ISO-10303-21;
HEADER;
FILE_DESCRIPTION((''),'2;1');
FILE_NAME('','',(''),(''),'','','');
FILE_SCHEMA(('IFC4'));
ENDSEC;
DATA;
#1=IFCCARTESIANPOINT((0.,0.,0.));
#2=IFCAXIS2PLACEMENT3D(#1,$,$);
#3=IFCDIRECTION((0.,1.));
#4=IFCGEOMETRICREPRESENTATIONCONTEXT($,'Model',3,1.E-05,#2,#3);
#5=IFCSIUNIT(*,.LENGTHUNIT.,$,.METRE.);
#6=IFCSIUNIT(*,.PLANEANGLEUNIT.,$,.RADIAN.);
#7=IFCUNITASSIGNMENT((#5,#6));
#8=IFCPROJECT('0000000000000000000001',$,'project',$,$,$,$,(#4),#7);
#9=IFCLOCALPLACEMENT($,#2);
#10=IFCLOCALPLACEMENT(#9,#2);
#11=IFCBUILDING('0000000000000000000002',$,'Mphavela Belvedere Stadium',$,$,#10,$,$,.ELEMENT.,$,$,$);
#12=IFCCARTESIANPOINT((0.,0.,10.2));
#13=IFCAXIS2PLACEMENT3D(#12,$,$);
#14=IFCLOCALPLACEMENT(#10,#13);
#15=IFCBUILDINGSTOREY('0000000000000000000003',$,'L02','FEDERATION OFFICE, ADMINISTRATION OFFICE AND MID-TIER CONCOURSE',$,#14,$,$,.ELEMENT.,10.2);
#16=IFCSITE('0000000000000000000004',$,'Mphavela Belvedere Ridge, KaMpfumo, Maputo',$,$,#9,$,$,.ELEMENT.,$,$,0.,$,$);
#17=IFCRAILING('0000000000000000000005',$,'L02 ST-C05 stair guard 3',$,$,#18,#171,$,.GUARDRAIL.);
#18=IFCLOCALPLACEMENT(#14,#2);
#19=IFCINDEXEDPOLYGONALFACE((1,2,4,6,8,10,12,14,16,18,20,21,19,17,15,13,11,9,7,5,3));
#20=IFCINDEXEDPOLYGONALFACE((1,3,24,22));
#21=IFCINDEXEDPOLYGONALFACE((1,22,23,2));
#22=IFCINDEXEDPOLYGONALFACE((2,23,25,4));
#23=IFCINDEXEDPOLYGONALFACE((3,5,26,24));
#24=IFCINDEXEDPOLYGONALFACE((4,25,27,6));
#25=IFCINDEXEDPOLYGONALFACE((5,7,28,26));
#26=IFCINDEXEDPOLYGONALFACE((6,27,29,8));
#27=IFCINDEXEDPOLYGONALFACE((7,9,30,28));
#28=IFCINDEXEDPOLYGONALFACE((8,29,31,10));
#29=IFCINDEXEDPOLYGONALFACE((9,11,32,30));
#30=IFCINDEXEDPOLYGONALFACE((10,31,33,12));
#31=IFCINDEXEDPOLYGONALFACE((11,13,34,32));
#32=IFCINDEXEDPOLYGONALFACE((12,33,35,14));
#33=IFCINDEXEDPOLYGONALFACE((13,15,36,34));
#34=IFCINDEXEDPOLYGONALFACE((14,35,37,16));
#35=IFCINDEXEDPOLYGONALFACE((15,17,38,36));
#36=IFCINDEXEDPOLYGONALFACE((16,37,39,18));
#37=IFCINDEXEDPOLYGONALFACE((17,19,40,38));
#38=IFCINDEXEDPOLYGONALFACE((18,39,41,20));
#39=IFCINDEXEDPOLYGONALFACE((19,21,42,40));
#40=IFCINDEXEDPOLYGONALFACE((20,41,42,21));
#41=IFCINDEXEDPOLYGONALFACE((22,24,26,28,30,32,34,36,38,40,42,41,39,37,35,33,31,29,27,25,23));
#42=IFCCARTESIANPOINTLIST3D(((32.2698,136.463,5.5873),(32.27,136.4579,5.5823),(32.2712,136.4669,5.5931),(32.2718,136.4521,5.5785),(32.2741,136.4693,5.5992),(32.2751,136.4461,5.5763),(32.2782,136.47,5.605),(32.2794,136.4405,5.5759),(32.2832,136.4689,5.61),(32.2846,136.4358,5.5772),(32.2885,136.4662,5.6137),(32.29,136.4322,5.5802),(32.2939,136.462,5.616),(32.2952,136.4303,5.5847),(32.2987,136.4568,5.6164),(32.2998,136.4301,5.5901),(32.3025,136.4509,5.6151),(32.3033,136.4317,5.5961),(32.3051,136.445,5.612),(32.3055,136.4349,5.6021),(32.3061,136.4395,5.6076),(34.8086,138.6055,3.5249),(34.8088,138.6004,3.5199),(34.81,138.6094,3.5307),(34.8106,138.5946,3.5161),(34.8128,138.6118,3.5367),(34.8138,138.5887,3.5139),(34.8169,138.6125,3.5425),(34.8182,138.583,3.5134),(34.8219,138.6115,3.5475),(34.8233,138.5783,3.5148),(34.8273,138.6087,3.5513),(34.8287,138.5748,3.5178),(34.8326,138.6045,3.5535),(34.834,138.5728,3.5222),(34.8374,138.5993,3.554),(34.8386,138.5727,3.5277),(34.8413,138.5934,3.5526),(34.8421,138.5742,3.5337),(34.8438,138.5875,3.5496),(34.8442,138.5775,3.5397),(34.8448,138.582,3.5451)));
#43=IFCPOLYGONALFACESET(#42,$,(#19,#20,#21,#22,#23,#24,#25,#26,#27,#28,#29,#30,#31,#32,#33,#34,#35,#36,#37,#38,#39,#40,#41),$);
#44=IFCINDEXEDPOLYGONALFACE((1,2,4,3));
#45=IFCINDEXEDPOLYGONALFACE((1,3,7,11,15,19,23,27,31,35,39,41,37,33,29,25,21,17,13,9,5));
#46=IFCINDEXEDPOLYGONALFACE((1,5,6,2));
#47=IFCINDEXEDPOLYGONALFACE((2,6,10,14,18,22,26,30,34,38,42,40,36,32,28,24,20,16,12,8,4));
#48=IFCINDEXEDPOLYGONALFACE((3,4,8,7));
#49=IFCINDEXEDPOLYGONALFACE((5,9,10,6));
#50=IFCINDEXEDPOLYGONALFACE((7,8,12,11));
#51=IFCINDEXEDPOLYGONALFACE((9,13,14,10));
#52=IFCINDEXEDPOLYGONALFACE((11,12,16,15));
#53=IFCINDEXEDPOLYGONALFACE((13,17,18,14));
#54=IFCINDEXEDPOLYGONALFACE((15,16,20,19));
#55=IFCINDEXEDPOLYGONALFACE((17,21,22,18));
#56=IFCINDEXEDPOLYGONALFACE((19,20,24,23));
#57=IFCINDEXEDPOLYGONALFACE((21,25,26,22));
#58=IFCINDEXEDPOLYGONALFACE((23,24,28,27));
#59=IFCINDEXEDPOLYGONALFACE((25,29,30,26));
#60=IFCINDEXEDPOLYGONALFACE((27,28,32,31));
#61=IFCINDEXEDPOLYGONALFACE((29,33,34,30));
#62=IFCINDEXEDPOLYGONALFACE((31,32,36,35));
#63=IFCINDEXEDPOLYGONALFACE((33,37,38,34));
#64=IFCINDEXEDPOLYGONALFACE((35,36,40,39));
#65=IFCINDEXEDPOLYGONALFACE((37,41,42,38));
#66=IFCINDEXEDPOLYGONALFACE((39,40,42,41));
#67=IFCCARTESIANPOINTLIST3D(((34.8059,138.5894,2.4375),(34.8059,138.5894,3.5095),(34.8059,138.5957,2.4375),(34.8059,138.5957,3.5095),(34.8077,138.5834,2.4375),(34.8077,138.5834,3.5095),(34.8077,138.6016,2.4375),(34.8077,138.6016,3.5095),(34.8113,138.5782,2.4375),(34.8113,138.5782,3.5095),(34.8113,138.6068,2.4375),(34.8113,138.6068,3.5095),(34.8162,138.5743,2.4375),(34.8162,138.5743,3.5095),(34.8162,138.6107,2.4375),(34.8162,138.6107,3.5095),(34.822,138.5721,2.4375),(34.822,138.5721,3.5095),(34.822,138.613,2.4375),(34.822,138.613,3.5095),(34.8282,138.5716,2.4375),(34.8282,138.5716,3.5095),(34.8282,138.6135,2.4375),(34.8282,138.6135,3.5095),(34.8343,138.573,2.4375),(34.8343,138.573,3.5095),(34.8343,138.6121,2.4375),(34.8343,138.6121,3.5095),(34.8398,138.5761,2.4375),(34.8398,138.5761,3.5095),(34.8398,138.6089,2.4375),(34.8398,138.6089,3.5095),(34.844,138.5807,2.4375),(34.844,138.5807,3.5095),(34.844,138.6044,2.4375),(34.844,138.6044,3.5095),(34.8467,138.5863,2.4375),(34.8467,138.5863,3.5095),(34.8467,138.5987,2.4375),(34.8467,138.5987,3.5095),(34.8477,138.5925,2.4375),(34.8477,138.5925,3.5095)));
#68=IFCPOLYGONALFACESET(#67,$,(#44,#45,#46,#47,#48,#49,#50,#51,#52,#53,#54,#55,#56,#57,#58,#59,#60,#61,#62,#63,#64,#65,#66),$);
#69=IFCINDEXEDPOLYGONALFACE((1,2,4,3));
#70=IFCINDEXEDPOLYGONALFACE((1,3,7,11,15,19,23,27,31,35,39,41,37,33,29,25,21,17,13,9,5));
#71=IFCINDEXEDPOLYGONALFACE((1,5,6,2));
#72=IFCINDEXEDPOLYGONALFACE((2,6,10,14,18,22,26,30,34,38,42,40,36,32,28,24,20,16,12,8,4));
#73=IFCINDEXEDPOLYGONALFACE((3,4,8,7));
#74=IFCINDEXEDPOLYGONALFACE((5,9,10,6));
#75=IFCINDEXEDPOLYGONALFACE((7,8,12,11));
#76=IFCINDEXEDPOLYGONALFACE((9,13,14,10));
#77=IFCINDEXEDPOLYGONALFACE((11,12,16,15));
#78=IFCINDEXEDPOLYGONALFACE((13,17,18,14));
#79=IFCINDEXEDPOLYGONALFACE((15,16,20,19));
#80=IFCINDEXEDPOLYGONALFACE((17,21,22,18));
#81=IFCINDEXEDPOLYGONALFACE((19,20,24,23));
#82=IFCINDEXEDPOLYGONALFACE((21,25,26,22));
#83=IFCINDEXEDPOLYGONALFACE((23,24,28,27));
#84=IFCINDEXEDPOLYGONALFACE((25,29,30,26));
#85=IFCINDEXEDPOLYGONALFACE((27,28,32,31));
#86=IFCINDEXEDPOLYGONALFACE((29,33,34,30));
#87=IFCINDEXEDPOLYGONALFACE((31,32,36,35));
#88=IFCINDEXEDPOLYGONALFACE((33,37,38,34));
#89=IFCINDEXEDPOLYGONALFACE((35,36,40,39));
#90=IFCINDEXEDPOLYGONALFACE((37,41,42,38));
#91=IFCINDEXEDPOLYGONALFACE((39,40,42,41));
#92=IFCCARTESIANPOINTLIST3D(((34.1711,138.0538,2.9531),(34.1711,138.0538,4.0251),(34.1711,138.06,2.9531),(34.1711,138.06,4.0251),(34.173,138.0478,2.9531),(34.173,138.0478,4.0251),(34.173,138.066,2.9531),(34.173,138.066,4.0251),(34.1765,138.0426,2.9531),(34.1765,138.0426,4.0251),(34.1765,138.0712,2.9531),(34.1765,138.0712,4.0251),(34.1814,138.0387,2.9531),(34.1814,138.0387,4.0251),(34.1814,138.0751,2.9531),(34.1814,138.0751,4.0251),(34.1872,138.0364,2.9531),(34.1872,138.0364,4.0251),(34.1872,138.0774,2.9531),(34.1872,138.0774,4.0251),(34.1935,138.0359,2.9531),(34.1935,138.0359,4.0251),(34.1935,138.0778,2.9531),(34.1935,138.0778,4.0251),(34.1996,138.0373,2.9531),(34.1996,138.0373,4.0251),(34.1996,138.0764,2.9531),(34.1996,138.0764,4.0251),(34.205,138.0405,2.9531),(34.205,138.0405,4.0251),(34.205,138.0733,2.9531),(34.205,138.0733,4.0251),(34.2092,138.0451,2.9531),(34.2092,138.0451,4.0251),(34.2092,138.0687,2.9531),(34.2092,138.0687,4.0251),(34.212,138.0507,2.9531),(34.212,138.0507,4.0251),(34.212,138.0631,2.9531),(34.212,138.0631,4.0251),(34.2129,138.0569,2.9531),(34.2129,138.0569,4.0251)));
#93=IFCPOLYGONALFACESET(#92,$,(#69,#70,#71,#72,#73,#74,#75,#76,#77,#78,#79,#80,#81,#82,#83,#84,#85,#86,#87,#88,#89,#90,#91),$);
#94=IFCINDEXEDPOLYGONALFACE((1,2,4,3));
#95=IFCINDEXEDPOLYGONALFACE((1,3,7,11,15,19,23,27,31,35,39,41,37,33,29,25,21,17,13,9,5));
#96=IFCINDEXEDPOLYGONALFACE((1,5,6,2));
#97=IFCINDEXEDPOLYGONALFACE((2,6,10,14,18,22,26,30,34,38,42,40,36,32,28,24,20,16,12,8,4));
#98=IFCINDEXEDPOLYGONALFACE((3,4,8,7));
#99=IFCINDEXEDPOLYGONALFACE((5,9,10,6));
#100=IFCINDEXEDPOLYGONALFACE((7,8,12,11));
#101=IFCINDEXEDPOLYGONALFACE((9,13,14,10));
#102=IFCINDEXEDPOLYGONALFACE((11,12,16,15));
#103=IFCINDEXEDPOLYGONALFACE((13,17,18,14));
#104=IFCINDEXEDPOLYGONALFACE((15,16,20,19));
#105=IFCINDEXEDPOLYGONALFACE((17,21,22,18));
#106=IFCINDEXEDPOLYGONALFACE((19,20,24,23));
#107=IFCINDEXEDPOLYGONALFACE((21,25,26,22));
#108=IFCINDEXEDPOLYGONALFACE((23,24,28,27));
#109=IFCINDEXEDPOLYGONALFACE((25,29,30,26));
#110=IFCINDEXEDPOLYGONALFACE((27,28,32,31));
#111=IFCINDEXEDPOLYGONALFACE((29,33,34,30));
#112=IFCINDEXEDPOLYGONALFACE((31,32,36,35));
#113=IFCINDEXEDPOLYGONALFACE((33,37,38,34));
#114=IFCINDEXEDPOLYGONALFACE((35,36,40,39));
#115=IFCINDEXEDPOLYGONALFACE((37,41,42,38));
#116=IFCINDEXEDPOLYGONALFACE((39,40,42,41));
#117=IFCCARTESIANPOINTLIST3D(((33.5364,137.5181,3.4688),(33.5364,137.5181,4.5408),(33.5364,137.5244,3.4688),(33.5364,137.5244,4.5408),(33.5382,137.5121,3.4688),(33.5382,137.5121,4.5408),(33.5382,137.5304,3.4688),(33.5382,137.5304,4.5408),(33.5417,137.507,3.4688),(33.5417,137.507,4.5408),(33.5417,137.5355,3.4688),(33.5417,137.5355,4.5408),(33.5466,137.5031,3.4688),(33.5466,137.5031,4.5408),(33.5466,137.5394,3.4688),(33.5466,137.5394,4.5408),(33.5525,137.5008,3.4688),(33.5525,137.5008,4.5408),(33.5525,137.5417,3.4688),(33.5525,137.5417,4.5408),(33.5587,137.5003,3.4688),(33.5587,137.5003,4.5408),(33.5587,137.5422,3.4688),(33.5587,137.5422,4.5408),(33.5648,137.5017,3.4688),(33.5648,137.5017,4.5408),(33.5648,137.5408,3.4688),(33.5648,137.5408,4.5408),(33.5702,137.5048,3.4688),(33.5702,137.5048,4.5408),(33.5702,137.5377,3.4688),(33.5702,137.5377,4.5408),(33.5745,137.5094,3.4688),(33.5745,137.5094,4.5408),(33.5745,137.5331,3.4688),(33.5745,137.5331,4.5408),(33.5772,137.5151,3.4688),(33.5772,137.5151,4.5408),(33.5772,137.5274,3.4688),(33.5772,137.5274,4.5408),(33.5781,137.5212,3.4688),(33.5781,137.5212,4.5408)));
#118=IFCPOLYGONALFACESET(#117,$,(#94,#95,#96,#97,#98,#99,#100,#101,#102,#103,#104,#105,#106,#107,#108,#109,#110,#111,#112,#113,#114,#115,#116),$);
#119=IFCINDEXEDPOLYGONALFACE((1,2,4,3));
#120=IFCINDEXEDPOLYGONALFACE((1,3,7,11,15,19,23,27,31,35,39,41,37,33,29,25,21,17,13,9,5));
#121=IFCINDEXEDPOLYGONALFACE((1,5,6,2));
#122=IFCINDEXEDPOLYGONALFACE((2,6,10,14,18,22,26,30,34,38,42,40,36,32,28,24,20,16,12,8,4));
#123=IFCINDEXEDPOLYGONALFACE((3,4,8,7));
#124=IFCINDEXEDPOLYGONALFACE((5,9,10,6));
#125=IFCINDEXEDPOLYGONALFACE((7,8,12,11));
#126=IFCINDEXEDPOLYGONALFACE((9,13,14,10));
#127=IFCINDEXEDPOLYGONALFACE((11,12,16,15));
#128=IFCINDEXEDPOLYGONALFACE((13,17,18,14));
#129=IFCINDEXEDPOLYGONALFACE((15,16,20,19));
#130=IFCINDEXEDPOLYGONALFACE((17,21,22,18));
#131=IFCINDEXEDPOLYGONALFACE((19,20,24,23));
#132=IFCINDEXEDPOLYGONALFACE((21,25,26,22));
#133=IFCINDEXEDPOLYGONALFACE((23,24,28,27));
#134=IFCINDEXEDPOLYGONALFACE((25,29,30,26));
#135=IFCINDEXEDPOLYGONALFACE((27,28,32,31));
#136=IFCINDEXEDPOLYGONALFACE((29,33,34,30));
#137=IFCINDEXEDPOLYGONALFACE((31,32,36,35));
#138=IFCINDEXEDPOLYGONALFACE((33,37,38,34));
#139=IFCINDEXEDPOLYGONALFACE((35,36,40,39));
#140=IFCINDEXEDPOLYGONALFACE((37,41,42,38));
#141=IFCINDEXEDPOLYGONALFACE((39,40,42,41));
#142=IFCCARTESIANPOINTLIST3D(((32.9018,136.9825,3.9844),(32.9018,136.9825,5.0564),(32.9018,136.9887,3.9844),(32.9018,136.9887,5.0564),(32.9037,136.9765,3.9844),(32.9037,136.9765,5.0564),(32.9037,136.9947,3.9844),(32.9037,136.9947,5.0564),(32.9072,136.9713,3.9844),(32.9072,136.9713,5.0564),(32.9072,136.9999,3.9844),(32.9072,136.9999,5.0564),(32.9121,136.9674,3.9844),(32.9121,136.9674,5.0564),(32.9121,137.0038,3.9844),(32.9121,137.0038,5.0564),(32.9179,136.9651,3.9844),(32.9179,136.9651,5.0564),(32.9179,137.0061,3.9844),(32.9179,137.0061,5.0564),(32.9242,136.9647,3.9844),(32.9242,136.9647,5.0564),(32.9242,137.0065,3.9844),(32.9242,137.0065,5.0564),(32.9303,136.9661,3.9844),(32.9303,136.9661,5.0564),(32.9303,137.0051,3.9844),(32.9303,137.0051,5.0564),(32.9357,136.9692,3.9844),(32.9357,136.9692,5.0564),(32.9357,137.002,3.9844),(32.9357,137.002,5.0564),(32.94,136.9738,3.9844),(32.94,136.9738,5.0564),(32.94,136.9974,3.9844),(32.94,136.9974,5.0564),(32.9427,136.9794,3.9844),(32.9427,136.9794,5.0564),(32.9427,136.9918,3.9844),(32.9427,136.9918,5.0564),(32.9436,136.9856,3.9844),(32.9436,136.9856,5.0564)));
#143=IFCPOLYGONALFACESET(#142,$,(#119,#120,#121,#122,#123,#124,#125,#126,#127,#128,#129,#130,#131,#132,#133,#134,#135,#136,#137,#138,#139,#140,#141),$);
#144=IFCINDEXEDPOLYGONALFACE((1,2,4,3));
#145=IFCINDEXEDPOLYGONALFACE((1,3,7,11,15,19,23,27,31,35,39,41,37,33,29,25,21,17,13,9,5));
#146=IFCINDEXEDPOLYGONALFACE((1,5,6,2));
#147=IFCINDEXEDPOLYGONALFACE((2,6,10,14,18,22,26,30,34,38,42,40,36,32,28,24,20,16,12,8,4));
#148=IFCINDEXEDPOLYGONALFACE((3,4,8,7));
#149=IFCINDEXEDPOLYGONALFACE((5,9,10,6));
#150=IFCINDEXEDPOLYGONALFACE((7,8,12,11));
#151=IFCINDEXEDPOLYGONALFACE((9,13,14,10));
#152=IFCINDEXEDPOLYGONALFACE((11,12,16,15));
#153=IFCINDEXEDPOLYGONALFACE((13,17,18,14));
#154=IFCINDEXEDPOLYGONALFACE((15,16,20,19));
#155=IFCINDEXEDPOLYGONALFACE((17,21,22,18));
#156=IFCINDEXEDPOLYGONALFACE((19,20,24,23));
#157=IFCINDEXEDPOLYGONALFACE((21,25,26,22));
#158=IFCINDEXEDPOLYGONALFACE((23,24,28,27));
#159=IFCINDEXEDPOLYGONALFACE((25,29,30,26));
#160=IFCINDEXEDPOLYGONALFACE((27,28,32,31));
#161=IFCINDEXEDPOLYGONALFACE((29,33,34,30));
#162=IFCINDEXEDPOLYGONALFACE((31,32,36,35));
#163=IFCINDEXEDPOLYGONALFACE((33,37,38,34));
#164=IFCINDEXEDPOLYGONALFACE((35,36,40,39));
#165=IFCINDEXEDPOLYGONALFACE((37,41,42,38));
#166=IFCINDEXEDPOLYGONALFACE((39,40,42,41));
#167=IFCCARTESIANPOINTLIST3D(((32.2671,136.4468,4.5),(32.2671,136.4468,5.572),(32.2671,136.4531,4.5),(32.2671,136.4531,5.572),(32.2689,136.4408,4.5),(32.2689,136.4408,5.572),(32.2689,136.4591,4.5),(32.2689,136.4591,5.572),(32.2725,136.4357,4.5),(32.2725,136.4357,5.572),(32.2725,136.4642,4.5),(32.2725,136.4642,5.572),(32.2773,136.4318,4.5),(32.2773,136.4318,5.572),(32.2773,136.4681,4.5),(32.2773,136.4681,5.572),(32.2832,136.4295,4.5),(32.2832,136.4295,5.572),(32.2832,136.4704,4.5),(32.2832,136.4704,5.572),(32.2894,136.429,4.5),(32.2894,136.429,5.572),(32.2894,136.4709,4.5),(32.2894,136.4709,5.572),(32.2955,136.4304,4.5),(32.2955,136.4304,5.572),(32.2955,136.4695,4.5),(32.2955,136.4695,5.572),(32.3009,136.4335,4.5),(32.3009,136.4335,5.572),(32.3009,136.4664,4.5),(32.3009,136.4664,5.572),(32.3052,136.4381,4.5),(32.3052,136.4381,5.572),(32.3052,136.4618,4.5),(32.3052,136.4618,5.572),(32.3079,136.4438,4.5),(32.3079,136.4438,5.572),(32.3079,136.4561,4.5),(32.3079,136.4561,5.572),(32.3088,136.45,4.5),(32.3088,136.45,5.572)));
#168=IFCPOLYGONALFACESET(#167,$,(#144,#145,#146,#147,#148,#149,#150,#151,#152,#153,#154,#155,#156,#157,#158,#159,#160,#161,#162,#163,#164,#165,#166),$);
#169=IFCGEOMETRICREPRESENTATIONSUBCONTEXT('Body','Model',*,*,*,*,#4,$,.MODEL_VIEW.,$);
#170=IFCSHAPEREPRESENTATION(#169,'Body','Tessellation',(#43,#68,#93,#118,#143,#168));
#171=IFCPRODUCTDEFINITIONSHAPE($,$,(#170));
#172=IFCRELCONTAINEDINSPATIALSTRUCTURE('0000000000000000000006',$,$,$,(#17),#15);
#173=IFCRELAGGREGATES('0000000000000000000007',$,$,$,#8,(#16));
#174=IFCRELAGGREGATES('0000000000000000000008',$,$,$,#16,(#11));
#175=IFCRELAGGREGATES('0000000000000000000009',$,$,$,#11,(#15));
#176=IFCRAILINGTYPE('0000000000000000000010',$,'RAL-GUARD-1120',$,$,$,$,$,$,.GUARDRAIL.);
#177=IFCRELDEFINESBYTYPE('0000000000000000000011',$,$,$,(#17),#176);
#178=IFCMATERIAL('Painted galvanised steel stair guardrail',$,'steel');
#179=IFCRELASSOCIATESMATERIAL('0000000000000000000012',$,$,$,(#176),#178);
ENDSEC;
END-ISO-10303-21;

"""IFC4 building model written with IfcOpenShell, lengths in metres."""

from ifc_helpers import new_model, si_unit, direction, frame, origin, origin_2d, place, context, subcontext, project, spatial, circle, extrude, material, type_object, element, save


model = new_model("IFC4")

# Units and contexts
model_context = context("Model", 3, precision=1e-05, world=origin(), true_north=direction((0.0, 1.0)))
body_context = subcontext(model_context, "Body", "Model", "MODEL_VIEW")
ifc_project = project(units=[si_unit("LENGTHUNIT", "METRE"), si_unit("PLANEANGLEUNIT", "RADIAN")], contexts=[model_context])

# Site, building, storey
site_placement = place(None, origin())
site = spatial("IfcSite", under=ifc_project, at=site_placement, Name="Mphavela Belvedere Ridge, KaMpfumo, Maputo", CompositionType="ELEMENT", RefElevation=0.0)
building_placement = place(site_placement, origin())
building = spatial("IfcBuilding", under=site, at=building_placement, Name="Mphavela Belvedere Stadium", CompositionType="ELEMENT")
storey_placement = place(building_placement, frame((0.0, 0.0, 10.2)))
storey = spatial("IfcBuildingStorey", under=building, at=storey_placement, Name="L02", Description="FEDERATION OFFICE, ADMINISTRATION OFFICE AND MID-TIER CONCOURSE", CompositionType="ELEMENT", Elevation=10.2)

# Railing
ifc_material_1 = material(Name="Painted galvanised steel stair guardrail", Category="steel")
railing_type_1 = type_object("IfcRailingType", Name="RAL-GUARD-1120", PredefinedType="GUARDRAIL", material=ifc_material_1)
railing_1_placement = place(storey_placement, frame((34.8267, 138.5925, 2.4375)))
element("IfcRailing", 1, at=railing_1_placement, inside=storey, type_object=railing_type_1, Name="L02 ST-C05 stair guard 3", PredefinedType="GUARDRAIL", context=body_context, shape_type="SweptSolid", body=[
    extrude(circle(Radius=0.0239, at=origin_2d()), frame((0.0, 0.0, 1.0962), z_axis=(-0.649271, -0.547937, 0.527458), x_axis=(0.64495, -0.764225, 0.0)), (0.0, 0.0, 1.0), 3.9102),
    extrude(circle(Radius=0.021, at=origin_2d()), origin(), (0.0, 0.0, 1.0), 1.072),
    extrude(circle(Radius=0.021, at=origin_2d()), frame((-0.6348, -0.5356, 0.5156)), (0.0, 0.0, 1.0), 1.072),
    extrude(circle(Radius=0.021, at=origin_2d()), frame((-1.2695, -1.0713, 1.0312)), (0.0, 0.0, 1.0), 1.072),
    extrude(circle(Radius=0.021, at=origin_2d()), frame((-1.9041, -1.6069, 1.5469)), (0.0, 0.0, 1.0), 1.072),
    extrude(circle(Radius=0.021, at=origin_2d()), frame((-2.5388, -2.1426, 2.0625)), (0.0, 0.0, 1.0), 1.072),
])

save(model, "model.ifc")
